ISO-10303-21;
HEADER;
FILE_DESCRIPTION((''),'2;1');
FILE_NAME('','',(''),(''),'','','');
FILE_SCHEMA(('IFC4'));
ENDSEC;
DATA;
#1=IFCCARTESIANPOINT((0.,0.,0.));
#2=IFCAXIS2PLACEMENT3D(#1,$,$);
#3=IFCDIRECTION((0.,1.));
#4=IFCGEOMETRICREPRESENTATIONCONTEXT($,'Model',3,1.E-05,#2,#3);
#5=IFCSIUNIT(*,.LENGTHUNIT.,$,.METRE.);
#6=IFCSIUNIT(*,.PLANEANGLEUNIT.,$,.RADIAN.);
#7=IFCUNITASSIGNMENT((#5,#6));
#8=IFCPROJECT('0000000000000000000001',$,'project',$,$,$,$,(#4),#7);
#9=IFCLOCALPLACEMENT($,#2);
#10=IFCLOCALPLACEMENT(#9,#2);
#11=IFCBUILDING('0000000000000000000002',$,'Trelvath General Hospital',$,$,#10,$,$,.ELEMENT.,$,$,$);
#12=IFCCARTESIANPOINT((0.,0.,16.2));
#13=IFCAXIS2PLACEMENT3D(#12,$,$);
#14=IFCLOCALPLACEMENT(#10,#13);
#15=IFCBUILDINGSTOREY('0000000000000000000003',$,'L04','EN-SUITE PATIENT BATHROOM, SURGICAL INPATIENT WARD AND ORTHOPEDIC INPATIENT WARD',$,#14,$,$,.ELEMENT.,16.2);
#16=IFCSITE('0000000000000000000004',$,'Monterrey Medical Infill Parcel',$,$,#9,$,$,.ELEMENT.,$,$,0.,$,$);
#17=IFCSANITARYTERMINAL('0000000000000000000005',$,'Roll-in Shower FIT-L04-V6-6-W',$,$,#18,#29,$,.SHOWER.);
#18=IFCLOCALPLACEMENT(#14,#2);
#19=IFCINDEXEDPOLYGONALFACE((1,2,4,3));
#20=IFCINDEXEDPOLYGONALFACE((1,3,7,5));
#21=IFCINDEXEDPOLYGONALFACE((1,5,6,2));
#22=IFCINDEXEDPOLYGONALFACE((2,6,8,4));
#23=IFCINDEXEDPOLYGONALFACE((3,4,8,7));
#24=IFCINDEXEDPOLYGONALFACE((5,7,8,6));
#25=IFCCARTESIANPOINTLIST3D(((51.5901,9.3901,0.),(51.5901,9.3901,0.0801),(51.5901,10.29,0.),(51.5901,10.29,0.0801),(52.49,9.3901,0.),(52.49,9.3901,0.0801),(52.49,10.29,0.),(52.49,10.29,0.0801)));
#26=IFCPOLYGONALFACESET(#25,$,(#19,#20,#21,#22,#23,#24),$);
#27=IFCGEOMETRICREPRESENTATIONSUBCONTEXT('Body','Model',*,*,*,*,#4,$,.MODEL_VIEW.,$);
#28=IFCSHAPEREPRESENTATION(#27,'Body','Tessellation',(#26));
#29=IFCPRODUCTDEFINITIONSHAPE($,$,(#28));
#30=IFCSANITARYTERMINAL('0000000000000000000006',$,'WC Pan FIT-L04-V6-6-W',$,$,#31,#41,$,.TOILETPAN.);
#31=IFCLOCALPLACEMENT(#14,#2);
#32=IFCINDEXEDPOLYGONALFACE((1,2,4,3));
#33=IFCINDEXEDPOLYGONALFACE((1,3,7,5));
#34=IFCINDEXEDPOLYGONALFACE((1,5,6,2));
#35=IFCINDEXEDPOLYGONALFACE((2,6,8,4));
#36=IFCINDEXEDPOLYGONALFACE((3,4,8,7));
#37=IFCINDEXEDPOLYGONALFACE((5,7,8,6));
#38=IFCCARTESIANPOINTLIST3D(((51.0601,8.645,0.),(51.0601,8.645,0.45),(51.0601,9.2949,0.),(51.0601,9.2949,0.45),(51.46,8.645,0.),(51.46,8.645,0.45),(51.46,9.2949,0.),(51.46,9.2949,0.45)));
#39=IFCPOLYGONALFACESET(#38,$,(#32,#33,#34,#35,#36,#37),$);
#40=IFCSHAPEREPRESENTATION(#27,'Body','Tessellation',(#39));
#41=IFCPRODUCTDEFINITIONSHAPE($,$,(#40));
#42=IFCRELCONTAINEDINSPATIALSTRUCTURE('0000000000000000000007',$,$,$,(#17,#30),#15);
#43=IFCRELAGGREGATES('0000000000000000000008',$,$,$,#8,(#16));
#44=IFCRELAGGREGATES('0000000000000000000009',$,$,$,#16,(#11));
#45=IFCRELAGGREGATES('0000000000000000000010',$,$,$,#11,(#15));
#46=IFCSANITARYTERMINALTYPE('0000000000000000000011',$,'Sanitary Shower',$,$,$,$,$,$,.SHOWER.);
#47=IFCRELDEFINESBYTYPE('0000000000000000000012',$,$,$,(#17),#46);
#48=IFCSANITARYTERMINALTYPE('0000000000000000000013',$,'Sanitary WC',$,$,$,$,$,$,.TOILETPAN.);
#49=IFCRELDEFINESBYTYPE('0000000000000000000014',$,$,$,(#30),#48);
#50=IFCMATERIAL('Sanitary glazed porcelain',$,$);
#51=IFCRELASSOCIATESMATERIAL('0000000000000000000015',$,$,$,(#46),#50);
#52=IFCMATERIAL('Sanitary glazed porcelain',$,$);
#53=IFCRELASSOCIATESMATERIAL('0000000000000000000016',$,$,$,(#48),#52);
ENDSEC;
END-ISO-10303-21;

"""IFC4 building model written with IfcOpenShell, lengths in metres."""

from ifc_helpers import new_model, si_unit, direction, frame, origin, origin_2d, place, context, subcontext, project, spatial, rectangle, extrude, material, type_object, element, save


model = new_model("IFC4")

# Units and contexts
model_context = context("Model", 3, precision=1e-05, world=origin(), true_north=direction((0.0, 1.0)))
body_context = subcontext(model_context, "Body", "Model", "MODEL_VIEW")
ifc_project = project(units=[si_unit("LENGTHUNIT", "METRE"), si_unit("PLANEANGLEUNIT", "RADIAN")], contexts=[model_context])

# Site, building, storey
site_placement = place(None, origin())
site = spatial("IfcSite", under=ifc_project, at=site_placement, Name="Monterrey Medical Infill Parcel", CompositionType="ELEMENT", RefElevation=0.0)
building_placement = place(site_placement, origin())
building = spatial("IfcBuilding", under=site, at=building_placement, Name="Trelvath General Hospital", CompositionType="ELEMENT")
storey_placement = place(building_placement, frame((0.0, 0.0, 16.2)))
storey = spatial("IfcBuildingStorey", under=building, at=storey_placement, Name="L04", Description="EN-SUITE PATIENT BATHROOM, SURGICAL INPATIENT WARD AND ORTHOPEDIC INPATIENT WARD", CompositionType="ELEMENT", Elevation=16.2)

# Sanitary terminals
ifc_material_1 = material(Name="Sanitary glazed porcelain")
sanitary_terminal_type_1 = type_object("IfcSanitaryTerminalType", Name="Sanitary Shower", PredefinedType="SHOWER", material=ifc_material_1)
sanitary_terminal_1_placement = place(storey_placement, frame((52.04, 9.8401, 0.0), z_axis=(0.0, 0.0, 1.0), x_axis=(1.0, 0.0, 0.0)))
element("IfcSanitaryTerminal", 1, at=sanitary_terminal_1_placement, inside=storey, type_object=sanitary_terminal_type_1, Name="Roll-in Shower FIT-L04-V6-6-W", PredefinedType="SHOWER", context=body_context, shape_type="SweptSolid", body=[
    extrude(rectangle(XDim=0.8999, YDim=0.8999, at=origin_2d()), origin(), (0.0, 0.0, 1.0), 0.0801),
])
ifc_material_2 = material(Name="Sanitary glazed porcelain")
sanitary_terminal_type_2 = type_object("IfcSanitaryTerminalType", Name="Sanitary WC", PredefinedType="TOILETPAN", material=ifc_material_2)
sanitary_terminal_2_placement = place(storey_placement, frame((51.26, 8.97, 0.0), z_axis=(0.0, 0.0, 1.0), x_axis=(1.0, 0.0, 0.0)))
element("IfcSanitaryTerminal", 2, at=sanitary_terminal_2_placement, inside=storey, type_object=sanitary_terminal_type_2, Name="WC Pan FIT-L04-V6-6-W", PredefinedType="TOILETPAN", context=body_context, shape_type="SweptSolid", body=[
    extrude(rectangle(XDim=0.3999, YDim=0.6499, at=origin_2d()), origin(), (0.0, 0.0, 1.0), 0.45),
])

save(model, "model.ifc")
